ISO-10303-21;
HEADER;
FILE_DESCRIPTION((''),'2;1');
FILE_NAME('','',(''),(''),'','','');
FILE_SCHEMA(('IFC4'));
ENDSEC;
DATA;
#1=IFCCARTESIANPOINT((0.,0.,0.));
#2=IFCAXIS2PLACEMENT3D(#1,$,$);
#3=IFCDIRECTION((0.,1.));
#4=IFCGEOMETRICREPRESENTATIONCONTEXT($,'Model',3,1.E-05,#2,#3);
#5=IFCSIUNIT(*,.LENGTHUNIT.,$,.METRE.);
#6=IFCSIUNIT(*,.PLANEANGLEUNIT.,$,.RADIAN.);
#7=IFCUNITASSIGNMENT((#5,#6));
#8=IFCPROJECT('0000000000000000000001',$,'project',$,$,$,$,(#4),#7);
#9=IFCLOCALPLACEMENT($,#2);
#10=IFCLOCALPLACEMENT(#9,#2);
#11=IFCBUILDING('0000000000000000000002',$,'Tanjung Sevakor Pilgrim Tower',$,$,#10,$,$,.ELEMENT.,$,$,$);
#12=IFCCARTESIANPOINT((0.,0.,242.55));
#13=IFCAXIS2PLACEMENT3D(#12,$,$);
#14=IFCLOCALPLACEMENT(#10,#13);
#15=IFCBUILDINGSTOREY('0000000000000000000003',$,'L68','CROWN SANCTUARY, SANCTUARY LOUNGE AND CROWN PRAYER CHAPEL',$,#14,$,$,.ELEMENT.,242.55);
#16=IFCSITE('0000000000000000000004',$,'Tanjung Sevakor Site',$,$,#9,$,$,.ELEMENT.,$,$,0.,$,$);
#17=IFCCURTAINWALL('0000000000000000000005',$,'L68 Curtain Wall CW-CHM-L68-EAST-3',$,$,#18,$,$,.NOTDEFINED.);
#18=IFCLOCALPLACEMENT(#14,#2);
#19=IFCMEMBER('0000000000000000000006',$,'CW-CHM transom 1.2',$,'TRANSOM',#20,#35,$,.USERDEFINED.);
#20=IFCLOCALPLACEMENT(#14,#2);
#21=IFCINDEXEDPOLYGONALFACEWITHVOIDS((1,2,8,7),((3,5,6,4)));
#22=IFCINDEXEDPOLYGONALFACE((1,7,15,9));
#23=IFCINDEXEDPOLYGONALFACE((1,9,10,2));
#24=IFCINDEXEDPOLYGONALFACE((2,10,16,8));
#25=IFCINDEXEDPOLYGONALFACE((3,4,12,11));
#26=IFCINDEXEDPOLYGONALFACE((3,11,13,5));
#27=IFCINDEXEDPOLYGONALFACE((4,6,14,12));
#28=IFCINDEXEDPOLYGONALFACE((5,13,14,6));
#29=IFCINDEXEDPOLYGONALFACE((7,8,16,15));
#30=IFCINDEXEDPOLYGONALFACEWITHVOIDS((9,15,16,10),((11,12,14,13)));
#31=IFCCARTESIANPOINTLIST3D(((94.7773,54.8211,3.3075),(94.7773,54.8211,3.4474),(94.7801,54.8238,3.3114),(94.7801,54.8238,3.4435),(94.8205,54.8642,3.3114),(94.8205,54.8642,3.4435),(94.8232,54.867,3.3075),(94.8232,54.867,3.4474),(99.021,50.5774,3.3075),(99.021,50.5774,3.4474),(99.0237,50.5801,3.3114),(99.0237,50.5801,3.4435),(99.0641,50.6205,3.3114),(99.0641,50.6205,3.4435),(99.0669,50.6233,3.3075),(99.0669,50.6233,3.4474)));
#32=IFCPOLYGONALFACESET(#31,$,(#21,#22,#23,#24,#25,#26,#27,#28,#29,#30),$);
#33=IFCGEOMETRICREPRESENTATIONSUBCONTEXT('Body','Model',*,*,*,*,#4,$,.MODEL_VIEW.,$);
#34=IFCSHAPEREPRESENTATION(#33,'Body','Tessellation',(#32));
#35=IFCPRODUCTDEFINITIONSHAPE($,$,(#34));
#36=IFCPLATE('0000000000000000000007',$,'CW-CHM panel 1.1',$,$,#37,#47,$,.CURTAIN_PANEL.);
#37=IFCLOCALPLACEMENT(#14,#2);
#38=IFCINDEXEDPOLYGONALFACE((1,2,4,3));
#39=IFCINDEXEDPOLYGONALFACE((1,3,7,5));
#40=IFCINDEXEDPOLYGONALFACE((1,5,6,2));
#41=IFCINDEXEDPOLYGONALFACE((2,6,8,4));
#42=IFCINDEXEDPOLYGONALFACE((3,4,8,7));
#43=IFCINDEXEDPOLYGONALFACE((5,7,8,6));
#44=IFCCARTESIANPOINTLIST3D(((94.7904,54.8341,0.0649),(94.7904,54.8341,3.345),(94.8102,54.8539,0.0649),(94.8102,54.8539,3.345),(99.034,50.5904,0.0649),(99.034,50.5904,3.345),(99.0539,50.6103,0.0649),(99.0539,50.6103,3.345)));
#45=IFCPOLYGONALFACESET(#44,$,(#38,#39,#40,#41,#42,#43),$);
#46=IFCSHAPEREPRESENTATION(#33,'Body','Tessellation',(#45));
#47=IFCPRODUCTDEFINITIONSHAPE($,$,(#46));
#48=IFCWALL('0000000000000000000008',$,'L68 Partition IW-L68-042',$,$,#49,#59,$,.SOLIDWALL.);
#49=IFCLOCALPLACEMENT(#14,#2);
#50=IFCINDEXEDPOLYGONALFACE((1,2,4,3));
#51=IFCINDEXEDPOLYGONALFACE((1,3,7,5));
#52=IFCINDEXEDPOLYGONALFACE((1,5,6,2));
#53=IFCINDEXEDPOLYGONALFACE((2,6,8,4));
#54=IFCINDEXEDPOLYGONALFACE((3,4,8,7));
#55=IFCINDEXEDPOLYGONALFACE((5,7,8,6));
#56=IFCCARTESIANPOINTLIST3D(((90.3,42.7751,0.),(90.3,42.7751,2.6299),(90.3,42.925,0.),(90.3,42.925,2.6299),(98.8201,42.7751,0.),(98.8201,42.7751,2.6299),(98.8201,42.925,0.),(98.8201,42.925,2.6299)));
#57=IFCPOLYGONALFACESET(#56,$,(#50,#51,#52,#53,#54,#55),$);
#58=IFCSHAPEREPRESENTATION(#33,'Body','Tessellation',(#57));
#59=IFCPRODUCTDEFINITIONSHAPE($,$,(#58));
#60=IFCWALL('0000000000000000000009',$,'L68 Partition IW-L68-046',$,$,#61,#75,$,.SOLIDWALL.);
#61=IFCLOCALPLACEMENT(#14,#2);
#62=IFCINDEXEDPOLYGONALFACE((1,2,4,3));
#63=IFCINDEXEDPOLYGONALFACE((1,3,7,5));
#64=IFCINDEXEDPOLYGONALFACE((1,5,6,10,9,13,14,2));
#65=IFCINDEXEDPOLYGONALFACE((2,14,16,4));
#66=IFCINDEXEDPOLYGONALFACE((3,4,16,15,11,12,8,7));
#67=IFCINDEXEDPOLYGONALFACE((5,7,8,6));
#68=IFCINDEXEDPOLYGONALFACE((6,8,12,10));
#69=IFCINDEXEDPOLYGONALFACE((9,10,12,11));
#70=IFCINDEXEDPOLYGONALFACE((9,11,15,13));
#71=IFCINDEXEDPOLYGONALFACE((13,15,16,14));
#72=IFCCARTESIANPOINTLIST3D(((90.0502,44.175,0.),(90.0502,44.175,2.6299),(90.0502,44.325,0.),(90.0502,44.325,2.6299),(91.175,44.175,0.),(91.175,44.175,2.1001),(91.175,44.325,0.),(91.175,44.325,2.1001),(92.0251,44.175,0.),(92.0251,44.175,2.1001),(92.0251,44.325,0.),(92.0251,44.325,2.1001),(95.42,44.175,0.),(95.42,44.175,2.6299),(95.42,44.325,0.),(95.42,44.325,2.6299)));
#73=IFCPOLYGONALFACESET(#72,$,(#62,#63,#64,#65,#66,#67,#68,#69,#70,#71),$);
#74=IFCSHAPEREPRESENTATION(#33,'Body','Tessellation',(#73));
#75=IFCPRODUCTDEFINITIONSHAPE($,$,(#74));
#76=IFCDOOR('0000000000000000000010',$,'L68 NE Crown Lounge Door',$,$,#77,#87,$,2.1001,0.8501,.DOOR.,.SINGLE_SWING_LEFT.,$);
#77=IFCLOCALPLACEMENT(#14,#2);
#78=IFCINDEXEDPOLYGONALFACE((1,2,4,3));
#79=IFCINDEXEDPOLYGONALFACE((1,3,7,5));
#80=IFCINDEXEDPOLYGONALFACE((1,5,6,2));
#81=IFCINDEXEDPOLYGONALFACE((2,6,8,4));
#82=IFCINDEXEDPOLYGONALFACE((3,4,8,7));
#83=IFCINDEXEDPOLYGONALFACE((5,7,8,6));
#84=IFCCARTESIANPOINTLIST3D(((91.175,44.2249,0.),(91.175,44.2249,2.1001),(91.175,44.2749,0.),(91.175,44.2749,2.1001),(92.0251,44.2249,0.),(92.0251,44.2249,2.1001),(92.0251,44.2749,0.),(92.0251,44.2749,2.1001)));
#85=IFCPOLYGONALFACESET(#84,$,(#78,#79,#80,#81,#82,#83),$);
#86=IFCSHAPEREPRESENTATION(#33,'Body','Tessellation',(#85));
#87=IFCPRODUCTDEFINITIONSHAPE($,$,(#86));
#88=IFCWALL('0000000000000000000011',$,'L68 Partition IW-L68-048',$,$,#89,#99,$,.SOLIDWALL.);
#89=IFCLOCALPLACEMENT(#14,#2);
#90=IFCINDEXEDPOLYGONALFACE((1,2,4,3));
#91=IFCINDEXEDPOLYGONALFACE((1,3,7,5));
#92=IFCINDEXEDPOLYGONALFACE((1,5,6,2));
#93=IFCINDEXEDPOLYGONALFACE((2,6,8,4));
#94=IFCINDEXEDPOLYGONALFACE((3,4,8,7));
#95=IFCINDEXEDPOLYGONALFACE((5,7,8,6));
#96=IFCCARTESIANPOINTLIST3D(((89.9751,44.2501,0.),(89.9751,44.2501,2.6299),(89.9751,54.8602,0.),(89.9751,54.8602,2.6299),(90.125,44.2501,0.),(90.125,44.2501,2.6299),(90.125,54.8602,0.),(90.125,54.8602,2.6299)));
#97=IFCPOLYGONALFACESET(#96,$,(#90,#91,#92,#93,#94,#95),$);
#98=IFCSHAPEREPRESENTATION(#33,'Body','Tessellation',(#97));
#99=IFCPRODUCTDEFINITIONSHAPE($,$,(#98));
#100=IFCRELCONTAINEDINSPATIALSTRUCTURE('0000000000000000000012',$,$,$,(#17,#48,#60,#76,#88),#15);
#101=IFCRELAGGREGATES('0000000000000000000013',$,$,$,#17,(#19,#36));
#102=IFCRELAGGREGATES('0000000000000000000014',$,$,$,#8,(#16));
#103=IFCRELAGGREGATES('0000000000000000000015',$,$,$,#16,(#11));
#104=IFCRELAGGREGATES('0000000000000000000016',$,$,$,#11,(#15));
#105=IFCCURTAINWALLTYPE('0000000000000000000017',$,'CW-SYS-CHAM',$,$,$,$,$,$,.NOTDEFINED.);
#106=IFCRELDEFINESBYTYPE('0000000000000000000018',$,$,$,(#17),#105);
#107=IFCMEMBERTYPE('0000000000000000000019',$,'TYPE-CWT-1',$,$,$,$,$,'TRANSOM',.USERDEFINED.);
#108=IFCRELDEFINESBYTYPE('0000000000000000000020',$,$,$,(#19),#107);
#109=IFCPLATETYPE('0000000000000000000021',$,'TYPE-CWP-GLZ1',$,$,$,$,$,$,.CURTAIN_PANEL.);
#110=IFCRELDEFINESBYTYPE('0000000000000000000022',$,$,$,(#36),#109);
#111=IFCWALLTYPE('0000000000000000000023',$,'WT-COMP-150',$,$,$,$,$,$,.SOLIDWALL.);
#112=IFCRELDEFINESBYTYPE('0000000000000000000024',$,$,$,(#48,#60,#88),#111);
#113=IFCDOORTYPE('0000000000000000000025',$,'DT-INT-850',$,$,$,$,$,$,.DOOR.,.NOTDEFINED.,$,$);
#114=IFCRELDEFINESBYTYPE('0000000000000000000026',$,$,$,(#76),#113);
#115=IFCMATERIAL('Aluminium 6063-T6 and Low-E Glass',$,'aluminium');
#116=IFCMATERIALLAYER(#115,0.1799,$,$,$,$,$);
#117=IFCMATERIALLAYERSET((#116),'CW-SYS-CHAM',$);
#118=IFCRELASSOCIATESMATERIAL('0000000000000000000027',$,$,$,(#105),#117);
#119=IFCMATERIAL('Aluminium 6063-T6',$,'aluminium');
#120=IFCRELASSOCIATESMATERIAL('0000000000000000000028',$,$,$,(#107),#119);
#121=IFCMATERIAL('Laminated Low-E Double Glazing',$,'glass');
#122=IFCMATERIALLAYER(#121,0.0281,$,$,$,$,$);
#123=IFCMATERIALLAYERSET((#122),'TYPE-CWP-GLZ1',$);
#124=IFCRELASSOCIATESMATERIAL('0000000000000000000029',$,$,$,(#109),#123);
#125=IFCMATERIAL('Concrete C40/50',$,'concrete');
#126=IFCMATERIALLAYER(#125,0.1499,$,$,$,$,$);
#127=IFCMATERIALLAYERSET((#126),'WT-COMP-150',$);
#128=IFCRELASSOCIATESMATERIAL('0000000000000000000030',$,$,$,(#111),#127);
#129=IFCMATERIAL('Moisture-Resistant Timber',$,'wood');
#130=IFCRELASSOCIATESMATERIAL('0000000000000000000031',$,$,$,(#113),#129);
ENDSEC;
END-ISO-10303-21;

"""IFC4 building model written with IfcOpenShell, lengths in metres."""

from ifc_helpers import new_model, si_unit, direction, frame, frame_2d, origin, origin_2d, place, context, subcontext, project, spatial, rectangle, hollow_rectangle, extrude, material, layer, layer_set, material_profile, profile_set, type_object, element, fill, aggregate, save


model = new_model("IFC4")

# Units and contexts
model_context = context("Model", 3, precision=1e-05, world=origin(), true_north=direction((0.0, 1.0)))
body_context = subcontext(model_context, "Body", "Model", "MODEL_VIEW")
ifc_project = project(units=[si_unit("LENGTHUNIT", "METRE"), si_unit("PLANEANGLEUNIT", "RADIAN")], contexts=[model_context])

# Site, building, storey
site_placement = place(None, origin())
site = spatial("IfcSite", under=ifc_project, at=site_placement, Name="Tanjung Sevakor Site", CompositionType="ELEMENT", RefElevation=0.0)
building_placement = place(site_placement, origin())
building = spatial("IfcBuilding", under=site, at=building_placement, Name="Tanjung Sevakor Pilgrim Tower", CompositionType="ELEMENT")
storey_placement = place(building_placement, frame((0.0, 0.0, 242.55)))
storey = spatial("IfcBuildingStorey", under=building, at=storey_placement, Name="L68", Description="CROWN SANCTUARY, SANCTUARY LOUNGE AND CROWN PRAYER CHAPEL", CompositionType="ELEMENT", Elevation=242.55)

# Curtain wall, member, plate
ifc_material_1 = material(Name="Aluminium 6063-T6 and Low-E Glass", Category="aluminium")
ifc_layer_1 = layer(ifc_material_1, 0.1799)
ifc_layer_set_1 = layer_set([ifc_layer_1], Name="CW-SYS-CHAM")
curtain_wall_type = type_object("IfcCurtainWallType", Name="CW-SYS-CHAM", PredefinedType="NOTDEFINED", material=ifc_layer_set_1)
curtain_wall_placement = place(storey_placement, origin())
curtain_wall = element("IfcCurtainWall", 1, at=curtain_wall_placement, inside=storey, type_object=curtain_wall_type, Name="L68 Curtain Wall CW-CHM-L68-EAST-3", PredefinedType="NOTDEFINED")
ifc_material_2 = material(Name="Aluminium 6063-T6", Category="aluminium")
ifc_material_profile_1 = material_profile(ifc_material_2, hollow_rectangle(XDim=0.0649, YDim=0.1399, WallThickness=0.0039, at=origin_2d()))
ifc_profile_set_1 = profile_set([ifc_material_profile_1], Name="Aluminium 6063-T6")
member_type_1 = type_object("IfcMemberType", Name="TYPE-CWT-1", ElementType="TRANSOM", PredefinedType="USERDEFINED", material=ifc_profile_set_1)
member_1_placement = place(storey_placement, frame((99.0439, 50.6003, 3.3774), z_axis=(-0.707107, 0.707107, 0.0), x_axis=(-0.707107, -0.707107, 0.0)))
member_1 = element("IfcMember", 2, at=member_1_placement, type_object=member_type_1, Name="CW-CHM transom 1.2", ObjectType="TRANSOM", PredefinedType="USERDEFINED", context=body_context, shape_type="SweptSolid", body=[
    extrude(hollow_rectangle(XDim=0.0649, YDim=0.1399, WallThickness=0.0039, at=origin_2d()), origin(), (0.0, 0.0, 1.0), 6.0015),
])
ifc_material_3 = material(Name="Laminated Low-E Double Glazing", Category="glass")
ifc_layer_2 = layer(ifc_material_3, 0.0281)
ifc_layer_set_2 = layer_set([ifc_layer_2], Name="TYPE-CWP-GLZ1")
plate_type = type_object("IfcPlateType", Name="TYPE-CWP-GLZ1", PredefinedType="CURTAIN_PANEL", material=ifc_layer_set_2)
plate_placement = place(storey_placement, frame((96.9221, 52.7222, 0.0649), z_axis=(0.0, 0.0, 1.0), x_axis=(-0.707107, 0.707107, 0.0)))
plate = element("IfcPlate", 3, at=plate_placement, type_object=plate_type, Name="CW-CHM panel 1.1", PredefinedType="CURTAIN_PANEL", context=body_context, shape_type="SweptSolid", body=[
    extrude(rectangle(XDim=6.0015, YDim=0.0281, at=origin_2d()), origin(), (0.0, 0.0, 1.0), 3.28),
])
aggregate(curtain_wall, [member_1, plate])

# Wall
ifc_material_4 = material(Name="Concrete C40/50", Category="concrete")
ifc_layer_3 = layer(ifc_material_4, 0.1499)
ifc_layer_set_3 = layer_set([ifc_layer_3], Name="WT-COMP-150")
wall_type_1 = type_object("IfcWallType", Name="WT-COMP-150", PredefinedType="SOLIDWALL", material=ifc_layer_set_3)
wall_1_placement = place(storey_placement, frame((90.3, 42.8501, 0.0), z_axis=(0.0, 0.0, 1.0), x_axis=(1.0, 0.0, 0.0)))
element("IfcWall", 4, at=wall_1_placement, inside=storey, type_object=wall_type_1, Name="L68 Partition IW-L68-042", PredefinedType="SOLIDWALL", context=body_context, shape_type="SweptSolid", body=[
    extrude(rectangle(XDim=8.52, YDim=0.1499, at=frame_2d((4.26, 0.0))), origin(), (0.0, 0.0, 1.0), 2.6299),
])

# Wall, opening, door
wall_2_placement = place(storey_placement, frame((90.05, 44.25, 0.0), z_axis=(0.0, 0.0, 1.0), x_axis=(1.0, 0.0, 0.0)))
wall_2 = element("IfcWall", 5, at=wall_2_placement, inside=storey, type_object=wall_type_1, Name="L68 Partition IW-L68-046", PredefinedType="SOLIDWALL", context=body_context, shape_type="SweptSolid", body=[
    extrude(rectangle(XDim=5.3699, YDim=0.1499, at=frame_2d((2.6851, 0.0))), origin(), (0.0, 0.0, 1.0), 2.6299),
])
opening_1_placement = place(wall_2_placement, frame((1.125, 0.0, 0.0)))
opening_1 = element("IfcOpeningElement", 6, at=opening_1_placement, cuts=wall_2, PredefinedType="OPENING", context=body_context, shape_type="SweptSolid", body=[
    extrude(rectangle(XDim=0.8501, YDim=2.1001, at=frame_2d((0.425, 1.05))), frame((0.0, 0.085, 0.0), z_axis=(0.0, -1.0, 0.0), x_axis=(1.0, 0.0, 0.0)), (0.0, 0.0, 1.0), 0.1699),
])
ifc_material_5 = material(Name="Moisture-Resistant Timber", Category="wood")
door_type = type_object("IfcDoorType", Name="DT-INT-850", OperationType="NOTDEFINED", PredefinedType="DOOR", material=ifc_material_5)
door_placement = place(opening_1_placement, origin())
door = element("IfcDoor", 7, at=door_placement, inside=storey, type_object=door_type, Name="L68 NE Crown Lounge Door", OperationType="SINGLE_SWING_LEFT", OverallHeight=2.1001, OverallWidth=0.8501, PredefinedType="DOOR", context=body_context, shape_type="SweptSolid", body=[
    extrude(rectangle(XDim=0.8501, YDim=2.1001, at=frame_2d((0.425, 1.05))), frame((0.0, 0.0249, 0.0), z_axis=(0.0, -1.0, 0.0), x_axis=(1.0, 0.0, 0.0)), (0.0, 0.0, 1.0), 0.05),
])
fill(opening_1, door)

# Wall
wall_3_placement = place(storey_placement, frame((90.05, 44.25, 0.0), z_axis=(0.0, 0.0, 1.0), x_axis=(0.0, 1.0, 0.0)))
element("IfcWall", 8, at=wall_3_placement, inside=storey, type_object=wall_type_1, Name="L68 Partition IW-L68-048", PredefinedType="SOLIDWALL", context=body_context, shape_type="SweptSolid", body=[
    extrude(rectangle(XDim=10.6101, YDim=0.1499, at=frame_2d((5.3052, 0.0))), origin(), (0.0, 0.0, 1.0), 2.6299),
])

save(model, "model.ifc")
